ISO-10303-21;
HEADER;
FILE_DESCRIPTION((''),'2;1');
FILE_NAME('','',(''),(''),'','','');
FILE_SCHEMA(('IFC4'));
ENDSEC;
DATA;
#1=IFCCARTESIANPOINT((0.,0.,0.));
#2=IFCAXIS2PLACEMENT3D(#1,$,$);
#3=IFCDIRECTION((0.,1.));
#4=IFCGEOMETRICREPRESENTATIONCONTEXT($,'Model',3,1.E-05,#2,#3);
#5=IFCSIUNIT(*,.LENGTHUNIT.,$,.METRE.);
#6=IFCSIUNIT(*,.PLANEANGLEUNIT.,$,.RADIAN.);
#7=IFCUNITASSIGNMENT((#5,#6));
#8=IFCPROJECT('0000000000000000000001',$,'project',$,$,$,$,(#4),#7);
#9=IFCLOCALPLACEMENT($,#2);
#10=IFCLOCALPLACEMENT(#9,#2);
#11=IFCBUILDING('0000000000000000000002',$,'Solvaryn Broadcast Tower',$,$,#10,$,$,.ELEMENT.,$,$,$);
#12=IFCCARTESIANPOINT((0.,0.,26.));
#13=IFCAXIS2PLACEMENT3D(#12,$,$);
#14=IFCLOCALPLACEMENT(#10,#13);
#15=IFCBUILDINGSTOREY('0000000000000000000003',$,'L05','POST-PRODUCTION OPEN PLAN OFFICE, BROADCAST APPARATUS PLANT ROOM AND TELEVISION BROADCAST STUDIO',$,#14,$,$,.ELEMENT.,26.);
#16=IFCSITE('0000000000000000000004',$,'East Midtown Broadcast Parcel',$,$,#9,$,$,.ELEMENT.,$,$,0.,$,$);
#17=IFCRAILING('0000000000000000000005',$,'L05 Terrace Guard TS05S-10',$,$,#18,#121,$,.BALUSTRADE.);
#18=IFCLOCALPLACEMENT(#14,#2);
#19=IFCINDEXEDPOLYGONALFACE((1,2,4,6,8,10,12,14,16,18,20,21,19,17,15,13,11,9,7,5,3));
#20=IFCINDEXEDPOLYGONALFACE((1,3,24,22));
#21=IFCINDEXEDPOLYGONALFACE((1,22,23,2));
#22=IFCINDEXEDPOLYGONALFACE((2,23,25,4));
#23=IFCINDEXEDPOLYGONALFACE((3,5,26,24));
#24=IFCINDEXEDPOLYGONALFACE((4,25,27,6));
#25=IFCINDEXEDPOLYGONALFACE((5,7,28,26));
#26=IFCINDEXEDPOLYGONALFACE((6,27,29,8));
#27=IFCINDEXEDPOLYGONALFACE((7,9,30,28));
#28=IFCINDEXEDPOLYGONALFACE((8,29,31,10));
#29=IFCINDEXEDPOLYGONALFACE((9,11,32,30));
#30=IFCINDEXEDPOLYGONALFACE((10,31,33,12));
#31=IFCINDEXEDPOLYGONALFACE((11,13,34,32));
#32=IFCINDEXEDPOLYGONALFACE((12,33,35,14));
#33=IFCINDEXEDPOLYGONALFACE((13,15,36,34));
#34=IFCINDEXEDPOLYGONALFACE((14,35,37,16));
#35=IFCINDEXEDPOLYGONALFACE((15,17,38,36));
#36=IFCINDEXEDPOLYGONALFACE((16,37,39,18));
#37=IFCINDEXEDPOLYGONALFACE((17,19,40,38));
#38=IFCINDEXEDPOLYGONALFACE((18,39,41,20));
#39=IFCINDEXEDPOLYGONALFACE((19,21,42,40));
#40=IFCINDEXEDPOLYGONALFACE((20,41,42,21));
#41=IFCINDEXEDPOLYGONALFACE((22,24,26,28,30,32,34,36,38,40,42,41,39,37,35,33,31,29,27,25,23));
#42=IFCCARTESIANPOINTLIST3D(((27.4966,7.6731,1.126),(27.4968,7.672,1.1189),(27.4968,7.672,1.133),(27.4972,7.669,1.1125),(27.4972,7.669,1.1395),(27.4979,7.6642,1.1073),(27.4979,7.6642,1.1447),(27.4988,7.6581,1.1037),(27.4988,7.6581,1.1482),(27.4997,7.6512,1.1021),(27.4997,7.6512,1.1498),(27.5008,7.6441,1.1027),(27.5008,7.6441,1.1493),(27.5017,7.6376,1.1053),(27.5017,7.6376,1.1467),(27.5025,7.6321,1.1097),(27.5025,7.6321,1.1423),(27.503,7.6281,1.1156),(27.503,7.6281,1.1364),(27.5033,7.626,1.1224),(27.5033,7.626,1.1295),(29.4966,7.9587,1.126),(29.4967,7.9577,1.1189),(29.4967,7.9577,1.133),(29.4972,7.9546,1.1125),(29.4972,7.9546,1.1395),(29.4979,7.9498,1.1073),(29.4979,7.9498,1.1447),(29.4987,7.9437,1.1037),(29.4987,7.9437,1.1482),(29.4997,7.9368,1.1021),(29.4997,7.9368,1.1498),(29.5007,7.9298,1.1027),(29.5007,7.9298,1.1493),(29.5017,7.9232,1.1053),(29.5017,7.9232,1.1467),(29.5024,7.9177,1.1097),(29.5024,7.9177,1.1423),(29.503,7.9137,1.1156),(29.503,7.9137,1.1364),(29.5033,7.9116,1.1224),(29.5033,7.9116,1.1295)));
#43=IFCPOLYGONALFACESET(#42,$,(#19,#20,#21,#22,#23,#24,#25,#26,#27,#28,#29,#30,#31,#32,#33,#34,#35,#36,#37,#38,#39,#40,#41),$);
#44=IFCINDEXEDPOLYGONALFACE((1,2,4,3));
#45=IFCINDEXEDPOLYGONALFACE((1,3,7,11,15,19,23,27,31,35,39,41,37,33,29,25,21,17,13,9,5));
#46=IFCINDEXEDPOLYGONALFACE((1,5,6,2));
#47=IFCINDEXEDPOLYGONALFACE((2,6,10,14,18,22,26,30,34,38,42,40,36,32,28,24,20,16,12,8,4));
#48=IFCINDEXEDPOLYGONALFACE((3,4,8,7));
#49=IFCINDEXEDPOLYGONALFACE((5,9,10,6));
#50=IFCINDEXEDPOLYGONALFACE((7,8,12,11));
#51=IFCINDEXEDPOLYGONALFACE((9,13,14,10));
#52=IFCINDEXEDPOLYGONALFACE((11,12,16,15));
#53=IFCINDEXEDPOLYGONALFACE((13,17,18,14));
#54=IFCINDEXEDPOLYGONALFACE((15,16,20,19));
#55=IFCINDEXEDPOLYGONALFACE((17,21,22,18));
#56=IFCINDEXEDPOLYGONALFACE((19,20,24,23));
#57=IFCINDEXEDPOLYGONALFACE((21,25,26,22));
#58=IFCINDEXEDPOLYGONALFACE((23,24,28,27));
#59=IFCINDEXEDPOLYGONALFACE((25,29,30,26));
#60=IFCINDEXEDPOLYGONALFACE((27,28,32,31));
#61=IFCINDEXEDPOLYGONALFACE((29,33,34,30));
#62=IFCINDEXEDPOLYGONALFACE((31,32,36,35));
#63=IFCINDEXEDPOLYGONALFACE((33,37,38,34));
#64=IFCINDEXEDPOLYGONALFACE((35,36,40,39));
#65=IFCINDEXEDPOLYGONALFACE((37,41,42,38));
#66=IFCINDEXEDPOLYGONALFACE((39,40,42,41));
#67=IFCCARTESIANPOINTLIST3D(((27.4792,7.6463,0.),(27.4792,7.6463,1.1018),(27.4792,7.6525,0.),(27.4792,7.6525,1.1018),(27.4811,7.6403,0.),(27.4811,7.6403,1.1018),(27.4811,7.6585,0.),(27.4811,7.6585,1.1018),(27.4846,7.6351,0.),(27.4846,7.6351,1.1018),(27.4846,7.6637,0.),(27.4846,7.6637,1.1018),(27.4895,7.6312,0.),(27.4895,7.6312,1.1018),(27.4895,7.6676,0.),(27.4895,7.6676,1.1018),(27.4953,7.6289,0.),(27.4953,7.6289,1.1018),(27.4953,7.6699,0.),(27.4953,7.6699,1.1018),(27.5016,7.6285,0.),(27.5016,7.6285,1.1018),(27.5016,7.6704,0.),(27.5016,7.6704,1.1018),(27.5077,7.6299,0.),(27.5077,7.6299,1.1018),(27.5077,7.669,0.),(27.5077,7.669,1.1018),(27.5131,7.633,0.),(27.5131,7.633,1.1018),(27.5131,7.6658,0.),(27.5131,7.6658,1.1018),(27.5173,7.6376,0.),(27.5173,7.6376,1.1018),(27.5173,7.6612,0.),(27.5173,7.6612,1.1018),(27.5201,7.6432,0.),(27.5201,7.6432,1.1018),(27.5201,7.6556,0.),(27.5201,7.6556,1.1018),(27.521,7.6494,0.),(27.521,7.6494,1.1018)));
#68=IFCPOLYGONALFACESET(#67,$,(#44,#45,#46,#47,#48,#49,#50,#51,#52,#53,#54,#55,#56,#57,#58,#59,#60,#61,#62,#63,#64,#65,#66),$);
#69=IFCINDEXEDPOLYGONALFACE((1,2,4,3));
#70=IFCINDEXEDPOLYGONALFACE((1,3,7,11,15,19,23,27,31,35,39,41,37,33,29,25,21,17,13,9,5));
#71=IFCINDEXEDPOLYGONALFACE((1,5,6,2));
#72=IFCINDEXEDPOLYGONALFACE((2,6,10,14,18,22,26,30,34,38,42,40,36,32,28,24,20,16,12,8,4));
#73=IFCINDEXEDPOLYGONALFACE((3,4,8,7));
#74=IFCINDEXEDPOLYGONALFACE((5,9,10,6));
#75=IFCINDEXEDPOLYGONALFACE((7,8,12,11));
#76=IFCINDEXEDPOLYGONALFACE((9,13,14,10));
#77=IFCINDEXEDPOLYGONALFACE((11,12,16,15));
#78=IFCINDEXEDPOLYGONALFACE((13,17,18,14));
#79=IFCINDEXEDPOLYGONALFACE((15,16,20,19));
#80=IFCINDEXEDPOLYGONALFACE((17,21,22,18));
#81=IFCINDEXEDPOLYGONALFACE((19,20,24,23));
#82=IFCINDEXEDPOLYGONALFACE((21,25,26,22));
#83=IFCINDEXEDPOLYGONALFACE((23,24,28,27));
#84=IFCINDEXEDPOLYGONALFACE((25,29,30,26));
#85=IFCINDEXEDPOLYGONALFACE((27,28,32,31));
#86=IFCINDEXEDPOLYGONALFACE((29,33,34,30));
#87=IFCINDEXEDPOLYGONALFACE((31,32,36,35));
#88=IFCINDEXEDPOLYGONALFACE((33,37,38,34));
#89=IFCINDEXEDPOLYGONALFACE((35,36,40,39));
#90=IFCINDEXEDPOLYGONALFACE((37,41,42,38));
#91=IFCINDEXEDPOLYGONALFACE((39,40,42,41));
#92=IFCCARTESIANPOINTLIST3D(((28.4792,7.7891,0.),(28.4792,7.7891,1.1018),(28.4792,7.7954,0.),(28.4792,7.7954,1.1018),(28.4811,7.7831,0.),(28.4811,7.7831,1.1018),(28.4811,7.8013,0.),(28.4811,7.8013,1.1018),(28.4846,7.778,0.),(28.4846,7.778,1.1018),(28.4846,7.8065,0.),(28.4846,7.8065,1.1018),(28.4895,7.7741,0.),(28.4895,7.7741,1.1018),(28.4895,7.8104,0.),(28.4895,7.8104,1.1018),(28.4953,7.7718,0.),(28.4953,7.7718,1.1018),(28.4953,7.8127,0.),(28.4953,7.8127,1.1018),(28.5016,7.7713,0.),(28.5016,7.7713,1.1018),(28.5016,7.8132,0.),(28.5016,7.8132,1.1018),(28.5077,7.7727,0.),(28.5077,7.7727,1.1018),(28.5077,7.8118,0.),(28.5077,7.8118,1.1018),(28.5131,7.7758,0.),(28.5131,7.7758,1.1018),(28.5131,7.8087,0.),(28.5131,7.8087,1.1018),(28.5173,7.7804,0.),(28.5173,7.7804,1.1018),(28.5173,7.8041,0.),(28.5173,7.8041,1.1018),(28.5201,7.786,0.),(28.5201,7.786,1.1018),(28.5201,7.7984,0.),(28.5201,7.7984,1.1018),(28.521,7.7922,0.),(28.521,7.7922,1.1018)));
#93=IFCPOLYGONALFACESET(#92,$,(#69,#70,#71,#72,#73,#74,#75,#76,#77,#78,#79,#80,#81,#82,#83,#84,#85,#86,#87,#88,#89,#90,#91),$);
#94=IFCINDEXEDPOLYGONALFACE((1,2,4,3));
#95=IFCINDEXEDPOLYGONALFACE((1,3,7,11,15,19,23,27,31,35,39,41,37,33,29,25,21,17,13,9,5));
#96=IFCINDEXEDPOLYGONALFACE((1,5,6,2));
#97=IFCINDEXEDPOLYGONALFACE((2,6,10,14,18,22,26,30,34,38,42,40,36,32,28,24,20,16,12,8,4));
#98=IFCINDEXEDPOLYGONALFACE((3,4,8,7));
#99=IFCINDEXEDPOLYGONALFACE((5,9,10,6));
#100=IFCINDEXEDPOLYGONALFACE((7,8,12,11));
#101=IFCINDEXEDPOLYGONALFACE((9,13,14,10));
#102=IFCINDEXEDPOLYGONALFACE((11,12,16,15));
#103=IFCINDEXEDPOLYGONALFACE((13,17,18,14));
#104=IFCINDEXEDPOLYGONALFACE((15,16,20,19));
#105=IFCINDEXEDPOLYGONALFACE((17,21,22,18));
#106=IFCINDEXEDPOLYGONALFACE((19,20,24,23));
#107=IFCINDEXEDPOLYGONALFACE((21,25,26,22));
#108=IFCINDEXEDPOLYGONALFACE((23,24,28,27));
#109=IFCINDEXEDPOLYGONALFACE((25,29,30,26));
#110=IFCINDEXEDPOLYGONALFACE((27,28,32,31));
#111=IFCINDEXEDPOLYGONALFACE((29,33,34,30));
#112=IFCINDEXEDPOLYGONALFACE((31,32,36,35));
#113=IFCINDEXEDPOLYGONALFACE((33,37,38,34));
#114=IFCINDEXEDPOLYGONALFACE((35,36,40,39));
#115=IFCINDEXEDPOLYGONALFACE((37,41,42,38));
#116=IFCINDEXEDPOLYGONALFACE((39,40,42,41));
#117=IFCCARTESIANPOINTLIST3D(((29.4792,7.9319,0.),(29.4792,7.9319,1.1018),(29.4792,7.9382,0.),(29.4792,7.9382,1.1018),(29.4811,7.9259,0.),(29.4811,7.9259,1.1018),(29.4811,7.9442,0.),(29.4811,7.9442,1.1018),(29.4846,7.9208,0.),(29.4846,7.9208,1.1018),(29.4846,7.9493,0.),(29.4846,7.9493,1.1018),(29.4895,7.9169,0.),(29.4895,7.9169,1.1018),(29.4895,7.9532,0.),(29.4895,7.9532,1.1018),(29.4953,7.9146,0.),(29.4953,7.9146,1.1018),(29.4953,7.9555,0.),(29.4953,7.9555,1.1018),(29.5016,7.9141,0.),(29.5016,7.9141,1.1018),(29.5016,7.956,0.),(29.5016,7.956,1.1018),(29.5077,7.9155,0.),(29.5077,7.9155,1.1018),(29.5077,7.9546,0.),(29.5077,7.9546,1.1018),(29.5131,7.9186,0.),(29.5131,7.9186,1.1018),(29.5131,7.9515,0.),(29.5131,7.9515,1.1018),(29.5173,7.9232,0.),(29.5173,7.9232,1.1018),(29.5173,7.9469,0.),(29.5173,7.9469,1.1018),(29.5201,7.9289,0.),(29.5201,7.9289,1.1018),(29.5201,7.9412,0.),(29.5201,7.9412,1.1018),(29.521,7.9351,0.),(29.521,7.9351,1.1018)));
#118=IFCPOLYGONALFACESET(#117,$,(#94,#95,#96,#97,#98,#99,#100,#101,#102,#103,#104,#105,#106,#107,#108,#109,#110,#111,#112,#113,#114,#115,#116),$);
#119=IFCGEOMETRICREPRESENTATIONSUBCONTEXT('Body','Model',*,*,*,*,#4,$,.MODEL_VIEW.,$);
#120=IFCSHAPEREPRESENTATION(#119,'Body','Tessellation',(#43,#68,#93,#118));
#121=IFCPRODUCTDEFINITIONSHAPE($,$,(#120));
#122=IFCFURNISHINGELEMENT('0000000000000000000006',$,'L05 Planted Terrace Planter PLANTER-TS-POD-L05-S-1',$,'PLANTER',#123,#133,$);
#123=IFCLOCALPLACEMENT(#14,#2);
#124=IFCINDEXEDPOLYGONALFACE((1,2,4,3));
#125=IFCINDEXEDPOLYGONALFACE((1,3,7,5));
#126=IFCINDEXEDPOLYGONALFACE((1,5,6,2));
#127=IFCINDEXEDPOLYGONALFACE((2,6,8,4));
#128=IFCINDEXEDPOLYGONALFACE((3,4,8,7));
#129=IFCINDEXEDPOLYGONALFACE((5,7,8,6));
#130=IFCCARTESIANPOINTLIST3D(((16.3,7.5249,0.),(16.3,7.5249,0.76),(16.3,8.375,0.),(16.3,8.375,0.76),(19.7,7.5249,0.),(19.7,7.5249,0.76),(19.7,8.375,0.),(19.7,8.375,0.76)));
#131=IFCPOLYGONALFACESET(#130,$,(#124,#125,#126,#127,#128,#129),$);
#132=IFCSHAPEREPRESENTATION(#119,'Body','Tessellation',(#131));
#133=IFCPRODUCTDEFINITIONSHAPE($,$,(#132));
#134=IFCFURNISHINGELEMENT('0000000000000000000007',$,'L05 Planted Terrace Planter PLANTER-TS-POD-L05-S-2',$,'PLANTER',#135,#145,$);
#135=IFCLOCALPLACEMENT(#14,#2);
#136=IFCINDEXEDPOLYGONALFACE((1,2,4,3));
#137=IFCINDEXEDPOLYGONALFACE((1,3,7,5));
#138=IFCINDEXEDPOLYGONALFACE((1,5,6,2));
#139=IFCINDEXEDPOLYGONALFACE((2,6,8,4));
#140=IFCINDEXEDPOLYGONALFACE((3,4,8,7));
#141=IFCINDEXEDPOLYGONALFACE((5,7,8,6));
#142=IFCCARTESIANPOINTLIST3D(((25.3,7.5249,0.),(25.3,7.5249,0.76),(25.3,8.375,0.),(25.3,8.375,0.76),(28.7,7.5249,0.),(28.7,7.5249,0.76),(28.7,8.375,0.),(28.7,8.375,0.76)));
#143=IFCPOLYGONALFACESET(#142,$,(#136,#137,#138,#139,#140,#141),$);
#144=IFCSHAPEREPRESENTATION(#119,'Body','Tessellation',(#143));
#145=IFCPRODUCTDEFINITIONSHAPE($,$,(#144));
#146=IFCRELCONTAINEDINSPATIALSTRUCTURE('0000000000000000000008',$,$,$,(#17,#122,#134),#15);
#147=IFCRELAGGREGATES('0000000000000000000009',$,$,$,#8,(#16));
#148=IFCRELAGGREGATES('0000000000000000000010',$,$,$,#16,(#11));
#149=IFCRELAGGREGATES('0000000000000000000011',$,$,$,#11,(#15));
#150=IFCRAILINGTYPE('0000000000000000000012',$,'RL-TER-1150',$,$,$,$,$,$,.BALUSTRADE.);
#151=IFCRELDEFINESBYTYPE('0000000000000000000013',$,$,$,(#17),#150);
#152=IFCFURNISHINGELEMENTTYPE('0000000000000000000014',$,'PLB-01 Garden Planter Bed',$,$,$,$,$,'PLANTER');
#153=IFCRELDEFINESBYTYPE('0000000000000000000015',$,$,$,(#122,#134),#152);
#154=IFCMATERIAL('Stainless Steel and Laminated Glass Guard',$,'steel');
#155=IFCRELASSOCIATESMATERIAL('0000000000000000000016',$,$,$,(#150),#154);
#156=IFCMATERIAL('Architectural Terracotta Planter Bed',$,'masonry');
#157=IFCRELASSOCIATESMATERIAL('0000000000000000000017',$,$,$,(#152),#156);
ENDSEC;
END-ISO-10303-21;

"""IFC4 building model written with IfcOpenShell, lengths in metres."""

from ifc_helpers import new_model, si_unit, direction, frame, origin, origin_2d, place, context, subcontext, project, spatial, rectangle, circle, extrude, material, type_object, element, save


model = new_model("IFC4")

# Units and contexts
model_context = context("Model", 3, precision=1e-05, world=origin(), true_north=direction((0.0, 1.0)))
body_context = subcontext(model_context, "Body", "Model", "MODEL_VIEW")
ifc_project = project(units=[si_unit("LENGTHUNIT", "METRE"), si_unit("PLANEANGLEUNIT", "RADIAN")], contexts=[model_context])

# Site, building, storey
site_placement = place(None, origin())
site = spatial("IfcSite", under=ifc_project, at=site_placement, Name="East Midtown Broadcast Parcel", CompositionType="ELEMENT", RefElevation=0.0)
building_placement = place(site_placement, origin())
building = spatial("IfcBuilding", under=site, at=building_placement, Name="Solvaryn Broadcast Tower", CompositionType="ELEMENT")
storey_placement = place(building_placement, frame((0.0, 0.0, 26.0)))
storey = spatial("IfcBuildingStorey", under=building, at=storey_placement, Name="L05", Description="POST-PRODUCTION OPEN PLAN OFFICE, BROADCAST APPARATUS PLANT ROOM AND TELEVISION BROADCAST STUDIO", CompositionType="ELEMENT", Elevation=26.0)

# Railing
ifc_material_1 = material(Name="Stainless Steel and Laminated Glass Guard", Category="steel")
railing_type = type_object("IfcRailingType", Name="RL-TER-1150", PredefinedType="BALUSTRADE", material=ifc_material_1)
railing_1_placement = place(storey_placement, frame((27.5, 7.6494, 0.0)))
element("IfcRailing", 1, at=railing_1_placement, inside=storey, type_object=railing_type, Name="L05 Terrace Guard TS05S-10", PredefinedType="BALUSTRADE", context=body_context, shape_type="SweptSolid", body=[
    extrude(circle(Radius=0.0239, at=origin_2d()), frame((0.0, 0.0, 1.126), z_axis=(0.989954, 0.141388, 0.0), x_axis=(-0.141388, 0.989954, 0.0)), (0.0, 0.0, 1.0), 2.0203),
    extrude(circle(Radius=0.021, at=origin_2d()), origin(), (0.0, 0.0, 1.0), 1.1018),
    extrude(circle(Radius=0.021, at=origin_2d()), frame((1.0, 0.1428, 0.0)), (0.0, 0.0, 1.0), 1.1018),
    extrude(circle(Radius=0.021, at=origin_2d()), frame((2.0, 0.2856, 0.0)), (0.0, 0.0, 1.0), 1.1018),
])

# Furnishing elements
ifc_material_2 = material(Name="Architectural Terracotta Planter Bed", Category="masonry")
furnishing_element_type = type_object("IfcFurnishingElementType", Name="PLB-01 Garden Planter Bed", ElementType="PLANTER", material=ifc_material_2)
for number, where, z_axis, x_axis, name in (
    (2, (18.0, 7.95, 0.0), (0.0, 0.0, 1.0), (1.0, 0.0, 0.0), "L05 Planted Terrace Planter PLANTER-TS-POD-L05-S-1"),
    (3, (27.0, 7.95, 0.0), (0.0, 0.0, 1.0), (1.0, 0.0, 0.0), "L05 Planted Terrace Planter PLANTER-TS-POD-L05-S-2"),
):
    element("IfcFurnishingElement", number, at=place(storey_placement, frame(where, z_axis=z_axis, x_axis=x_axis)), inside=storey, type_object=furnishing_element_type, Name=name, ObjectType="PLANTER", context=body_context, shape_type="SweptSolid", body=[
        extrude(rectangle(XDim=3.3999, YDim=0.8501, at=origin_2d()), origin(), (0.0, 0.0, 1.0), 0.76),
    ])

save(model, "model.ifc")
